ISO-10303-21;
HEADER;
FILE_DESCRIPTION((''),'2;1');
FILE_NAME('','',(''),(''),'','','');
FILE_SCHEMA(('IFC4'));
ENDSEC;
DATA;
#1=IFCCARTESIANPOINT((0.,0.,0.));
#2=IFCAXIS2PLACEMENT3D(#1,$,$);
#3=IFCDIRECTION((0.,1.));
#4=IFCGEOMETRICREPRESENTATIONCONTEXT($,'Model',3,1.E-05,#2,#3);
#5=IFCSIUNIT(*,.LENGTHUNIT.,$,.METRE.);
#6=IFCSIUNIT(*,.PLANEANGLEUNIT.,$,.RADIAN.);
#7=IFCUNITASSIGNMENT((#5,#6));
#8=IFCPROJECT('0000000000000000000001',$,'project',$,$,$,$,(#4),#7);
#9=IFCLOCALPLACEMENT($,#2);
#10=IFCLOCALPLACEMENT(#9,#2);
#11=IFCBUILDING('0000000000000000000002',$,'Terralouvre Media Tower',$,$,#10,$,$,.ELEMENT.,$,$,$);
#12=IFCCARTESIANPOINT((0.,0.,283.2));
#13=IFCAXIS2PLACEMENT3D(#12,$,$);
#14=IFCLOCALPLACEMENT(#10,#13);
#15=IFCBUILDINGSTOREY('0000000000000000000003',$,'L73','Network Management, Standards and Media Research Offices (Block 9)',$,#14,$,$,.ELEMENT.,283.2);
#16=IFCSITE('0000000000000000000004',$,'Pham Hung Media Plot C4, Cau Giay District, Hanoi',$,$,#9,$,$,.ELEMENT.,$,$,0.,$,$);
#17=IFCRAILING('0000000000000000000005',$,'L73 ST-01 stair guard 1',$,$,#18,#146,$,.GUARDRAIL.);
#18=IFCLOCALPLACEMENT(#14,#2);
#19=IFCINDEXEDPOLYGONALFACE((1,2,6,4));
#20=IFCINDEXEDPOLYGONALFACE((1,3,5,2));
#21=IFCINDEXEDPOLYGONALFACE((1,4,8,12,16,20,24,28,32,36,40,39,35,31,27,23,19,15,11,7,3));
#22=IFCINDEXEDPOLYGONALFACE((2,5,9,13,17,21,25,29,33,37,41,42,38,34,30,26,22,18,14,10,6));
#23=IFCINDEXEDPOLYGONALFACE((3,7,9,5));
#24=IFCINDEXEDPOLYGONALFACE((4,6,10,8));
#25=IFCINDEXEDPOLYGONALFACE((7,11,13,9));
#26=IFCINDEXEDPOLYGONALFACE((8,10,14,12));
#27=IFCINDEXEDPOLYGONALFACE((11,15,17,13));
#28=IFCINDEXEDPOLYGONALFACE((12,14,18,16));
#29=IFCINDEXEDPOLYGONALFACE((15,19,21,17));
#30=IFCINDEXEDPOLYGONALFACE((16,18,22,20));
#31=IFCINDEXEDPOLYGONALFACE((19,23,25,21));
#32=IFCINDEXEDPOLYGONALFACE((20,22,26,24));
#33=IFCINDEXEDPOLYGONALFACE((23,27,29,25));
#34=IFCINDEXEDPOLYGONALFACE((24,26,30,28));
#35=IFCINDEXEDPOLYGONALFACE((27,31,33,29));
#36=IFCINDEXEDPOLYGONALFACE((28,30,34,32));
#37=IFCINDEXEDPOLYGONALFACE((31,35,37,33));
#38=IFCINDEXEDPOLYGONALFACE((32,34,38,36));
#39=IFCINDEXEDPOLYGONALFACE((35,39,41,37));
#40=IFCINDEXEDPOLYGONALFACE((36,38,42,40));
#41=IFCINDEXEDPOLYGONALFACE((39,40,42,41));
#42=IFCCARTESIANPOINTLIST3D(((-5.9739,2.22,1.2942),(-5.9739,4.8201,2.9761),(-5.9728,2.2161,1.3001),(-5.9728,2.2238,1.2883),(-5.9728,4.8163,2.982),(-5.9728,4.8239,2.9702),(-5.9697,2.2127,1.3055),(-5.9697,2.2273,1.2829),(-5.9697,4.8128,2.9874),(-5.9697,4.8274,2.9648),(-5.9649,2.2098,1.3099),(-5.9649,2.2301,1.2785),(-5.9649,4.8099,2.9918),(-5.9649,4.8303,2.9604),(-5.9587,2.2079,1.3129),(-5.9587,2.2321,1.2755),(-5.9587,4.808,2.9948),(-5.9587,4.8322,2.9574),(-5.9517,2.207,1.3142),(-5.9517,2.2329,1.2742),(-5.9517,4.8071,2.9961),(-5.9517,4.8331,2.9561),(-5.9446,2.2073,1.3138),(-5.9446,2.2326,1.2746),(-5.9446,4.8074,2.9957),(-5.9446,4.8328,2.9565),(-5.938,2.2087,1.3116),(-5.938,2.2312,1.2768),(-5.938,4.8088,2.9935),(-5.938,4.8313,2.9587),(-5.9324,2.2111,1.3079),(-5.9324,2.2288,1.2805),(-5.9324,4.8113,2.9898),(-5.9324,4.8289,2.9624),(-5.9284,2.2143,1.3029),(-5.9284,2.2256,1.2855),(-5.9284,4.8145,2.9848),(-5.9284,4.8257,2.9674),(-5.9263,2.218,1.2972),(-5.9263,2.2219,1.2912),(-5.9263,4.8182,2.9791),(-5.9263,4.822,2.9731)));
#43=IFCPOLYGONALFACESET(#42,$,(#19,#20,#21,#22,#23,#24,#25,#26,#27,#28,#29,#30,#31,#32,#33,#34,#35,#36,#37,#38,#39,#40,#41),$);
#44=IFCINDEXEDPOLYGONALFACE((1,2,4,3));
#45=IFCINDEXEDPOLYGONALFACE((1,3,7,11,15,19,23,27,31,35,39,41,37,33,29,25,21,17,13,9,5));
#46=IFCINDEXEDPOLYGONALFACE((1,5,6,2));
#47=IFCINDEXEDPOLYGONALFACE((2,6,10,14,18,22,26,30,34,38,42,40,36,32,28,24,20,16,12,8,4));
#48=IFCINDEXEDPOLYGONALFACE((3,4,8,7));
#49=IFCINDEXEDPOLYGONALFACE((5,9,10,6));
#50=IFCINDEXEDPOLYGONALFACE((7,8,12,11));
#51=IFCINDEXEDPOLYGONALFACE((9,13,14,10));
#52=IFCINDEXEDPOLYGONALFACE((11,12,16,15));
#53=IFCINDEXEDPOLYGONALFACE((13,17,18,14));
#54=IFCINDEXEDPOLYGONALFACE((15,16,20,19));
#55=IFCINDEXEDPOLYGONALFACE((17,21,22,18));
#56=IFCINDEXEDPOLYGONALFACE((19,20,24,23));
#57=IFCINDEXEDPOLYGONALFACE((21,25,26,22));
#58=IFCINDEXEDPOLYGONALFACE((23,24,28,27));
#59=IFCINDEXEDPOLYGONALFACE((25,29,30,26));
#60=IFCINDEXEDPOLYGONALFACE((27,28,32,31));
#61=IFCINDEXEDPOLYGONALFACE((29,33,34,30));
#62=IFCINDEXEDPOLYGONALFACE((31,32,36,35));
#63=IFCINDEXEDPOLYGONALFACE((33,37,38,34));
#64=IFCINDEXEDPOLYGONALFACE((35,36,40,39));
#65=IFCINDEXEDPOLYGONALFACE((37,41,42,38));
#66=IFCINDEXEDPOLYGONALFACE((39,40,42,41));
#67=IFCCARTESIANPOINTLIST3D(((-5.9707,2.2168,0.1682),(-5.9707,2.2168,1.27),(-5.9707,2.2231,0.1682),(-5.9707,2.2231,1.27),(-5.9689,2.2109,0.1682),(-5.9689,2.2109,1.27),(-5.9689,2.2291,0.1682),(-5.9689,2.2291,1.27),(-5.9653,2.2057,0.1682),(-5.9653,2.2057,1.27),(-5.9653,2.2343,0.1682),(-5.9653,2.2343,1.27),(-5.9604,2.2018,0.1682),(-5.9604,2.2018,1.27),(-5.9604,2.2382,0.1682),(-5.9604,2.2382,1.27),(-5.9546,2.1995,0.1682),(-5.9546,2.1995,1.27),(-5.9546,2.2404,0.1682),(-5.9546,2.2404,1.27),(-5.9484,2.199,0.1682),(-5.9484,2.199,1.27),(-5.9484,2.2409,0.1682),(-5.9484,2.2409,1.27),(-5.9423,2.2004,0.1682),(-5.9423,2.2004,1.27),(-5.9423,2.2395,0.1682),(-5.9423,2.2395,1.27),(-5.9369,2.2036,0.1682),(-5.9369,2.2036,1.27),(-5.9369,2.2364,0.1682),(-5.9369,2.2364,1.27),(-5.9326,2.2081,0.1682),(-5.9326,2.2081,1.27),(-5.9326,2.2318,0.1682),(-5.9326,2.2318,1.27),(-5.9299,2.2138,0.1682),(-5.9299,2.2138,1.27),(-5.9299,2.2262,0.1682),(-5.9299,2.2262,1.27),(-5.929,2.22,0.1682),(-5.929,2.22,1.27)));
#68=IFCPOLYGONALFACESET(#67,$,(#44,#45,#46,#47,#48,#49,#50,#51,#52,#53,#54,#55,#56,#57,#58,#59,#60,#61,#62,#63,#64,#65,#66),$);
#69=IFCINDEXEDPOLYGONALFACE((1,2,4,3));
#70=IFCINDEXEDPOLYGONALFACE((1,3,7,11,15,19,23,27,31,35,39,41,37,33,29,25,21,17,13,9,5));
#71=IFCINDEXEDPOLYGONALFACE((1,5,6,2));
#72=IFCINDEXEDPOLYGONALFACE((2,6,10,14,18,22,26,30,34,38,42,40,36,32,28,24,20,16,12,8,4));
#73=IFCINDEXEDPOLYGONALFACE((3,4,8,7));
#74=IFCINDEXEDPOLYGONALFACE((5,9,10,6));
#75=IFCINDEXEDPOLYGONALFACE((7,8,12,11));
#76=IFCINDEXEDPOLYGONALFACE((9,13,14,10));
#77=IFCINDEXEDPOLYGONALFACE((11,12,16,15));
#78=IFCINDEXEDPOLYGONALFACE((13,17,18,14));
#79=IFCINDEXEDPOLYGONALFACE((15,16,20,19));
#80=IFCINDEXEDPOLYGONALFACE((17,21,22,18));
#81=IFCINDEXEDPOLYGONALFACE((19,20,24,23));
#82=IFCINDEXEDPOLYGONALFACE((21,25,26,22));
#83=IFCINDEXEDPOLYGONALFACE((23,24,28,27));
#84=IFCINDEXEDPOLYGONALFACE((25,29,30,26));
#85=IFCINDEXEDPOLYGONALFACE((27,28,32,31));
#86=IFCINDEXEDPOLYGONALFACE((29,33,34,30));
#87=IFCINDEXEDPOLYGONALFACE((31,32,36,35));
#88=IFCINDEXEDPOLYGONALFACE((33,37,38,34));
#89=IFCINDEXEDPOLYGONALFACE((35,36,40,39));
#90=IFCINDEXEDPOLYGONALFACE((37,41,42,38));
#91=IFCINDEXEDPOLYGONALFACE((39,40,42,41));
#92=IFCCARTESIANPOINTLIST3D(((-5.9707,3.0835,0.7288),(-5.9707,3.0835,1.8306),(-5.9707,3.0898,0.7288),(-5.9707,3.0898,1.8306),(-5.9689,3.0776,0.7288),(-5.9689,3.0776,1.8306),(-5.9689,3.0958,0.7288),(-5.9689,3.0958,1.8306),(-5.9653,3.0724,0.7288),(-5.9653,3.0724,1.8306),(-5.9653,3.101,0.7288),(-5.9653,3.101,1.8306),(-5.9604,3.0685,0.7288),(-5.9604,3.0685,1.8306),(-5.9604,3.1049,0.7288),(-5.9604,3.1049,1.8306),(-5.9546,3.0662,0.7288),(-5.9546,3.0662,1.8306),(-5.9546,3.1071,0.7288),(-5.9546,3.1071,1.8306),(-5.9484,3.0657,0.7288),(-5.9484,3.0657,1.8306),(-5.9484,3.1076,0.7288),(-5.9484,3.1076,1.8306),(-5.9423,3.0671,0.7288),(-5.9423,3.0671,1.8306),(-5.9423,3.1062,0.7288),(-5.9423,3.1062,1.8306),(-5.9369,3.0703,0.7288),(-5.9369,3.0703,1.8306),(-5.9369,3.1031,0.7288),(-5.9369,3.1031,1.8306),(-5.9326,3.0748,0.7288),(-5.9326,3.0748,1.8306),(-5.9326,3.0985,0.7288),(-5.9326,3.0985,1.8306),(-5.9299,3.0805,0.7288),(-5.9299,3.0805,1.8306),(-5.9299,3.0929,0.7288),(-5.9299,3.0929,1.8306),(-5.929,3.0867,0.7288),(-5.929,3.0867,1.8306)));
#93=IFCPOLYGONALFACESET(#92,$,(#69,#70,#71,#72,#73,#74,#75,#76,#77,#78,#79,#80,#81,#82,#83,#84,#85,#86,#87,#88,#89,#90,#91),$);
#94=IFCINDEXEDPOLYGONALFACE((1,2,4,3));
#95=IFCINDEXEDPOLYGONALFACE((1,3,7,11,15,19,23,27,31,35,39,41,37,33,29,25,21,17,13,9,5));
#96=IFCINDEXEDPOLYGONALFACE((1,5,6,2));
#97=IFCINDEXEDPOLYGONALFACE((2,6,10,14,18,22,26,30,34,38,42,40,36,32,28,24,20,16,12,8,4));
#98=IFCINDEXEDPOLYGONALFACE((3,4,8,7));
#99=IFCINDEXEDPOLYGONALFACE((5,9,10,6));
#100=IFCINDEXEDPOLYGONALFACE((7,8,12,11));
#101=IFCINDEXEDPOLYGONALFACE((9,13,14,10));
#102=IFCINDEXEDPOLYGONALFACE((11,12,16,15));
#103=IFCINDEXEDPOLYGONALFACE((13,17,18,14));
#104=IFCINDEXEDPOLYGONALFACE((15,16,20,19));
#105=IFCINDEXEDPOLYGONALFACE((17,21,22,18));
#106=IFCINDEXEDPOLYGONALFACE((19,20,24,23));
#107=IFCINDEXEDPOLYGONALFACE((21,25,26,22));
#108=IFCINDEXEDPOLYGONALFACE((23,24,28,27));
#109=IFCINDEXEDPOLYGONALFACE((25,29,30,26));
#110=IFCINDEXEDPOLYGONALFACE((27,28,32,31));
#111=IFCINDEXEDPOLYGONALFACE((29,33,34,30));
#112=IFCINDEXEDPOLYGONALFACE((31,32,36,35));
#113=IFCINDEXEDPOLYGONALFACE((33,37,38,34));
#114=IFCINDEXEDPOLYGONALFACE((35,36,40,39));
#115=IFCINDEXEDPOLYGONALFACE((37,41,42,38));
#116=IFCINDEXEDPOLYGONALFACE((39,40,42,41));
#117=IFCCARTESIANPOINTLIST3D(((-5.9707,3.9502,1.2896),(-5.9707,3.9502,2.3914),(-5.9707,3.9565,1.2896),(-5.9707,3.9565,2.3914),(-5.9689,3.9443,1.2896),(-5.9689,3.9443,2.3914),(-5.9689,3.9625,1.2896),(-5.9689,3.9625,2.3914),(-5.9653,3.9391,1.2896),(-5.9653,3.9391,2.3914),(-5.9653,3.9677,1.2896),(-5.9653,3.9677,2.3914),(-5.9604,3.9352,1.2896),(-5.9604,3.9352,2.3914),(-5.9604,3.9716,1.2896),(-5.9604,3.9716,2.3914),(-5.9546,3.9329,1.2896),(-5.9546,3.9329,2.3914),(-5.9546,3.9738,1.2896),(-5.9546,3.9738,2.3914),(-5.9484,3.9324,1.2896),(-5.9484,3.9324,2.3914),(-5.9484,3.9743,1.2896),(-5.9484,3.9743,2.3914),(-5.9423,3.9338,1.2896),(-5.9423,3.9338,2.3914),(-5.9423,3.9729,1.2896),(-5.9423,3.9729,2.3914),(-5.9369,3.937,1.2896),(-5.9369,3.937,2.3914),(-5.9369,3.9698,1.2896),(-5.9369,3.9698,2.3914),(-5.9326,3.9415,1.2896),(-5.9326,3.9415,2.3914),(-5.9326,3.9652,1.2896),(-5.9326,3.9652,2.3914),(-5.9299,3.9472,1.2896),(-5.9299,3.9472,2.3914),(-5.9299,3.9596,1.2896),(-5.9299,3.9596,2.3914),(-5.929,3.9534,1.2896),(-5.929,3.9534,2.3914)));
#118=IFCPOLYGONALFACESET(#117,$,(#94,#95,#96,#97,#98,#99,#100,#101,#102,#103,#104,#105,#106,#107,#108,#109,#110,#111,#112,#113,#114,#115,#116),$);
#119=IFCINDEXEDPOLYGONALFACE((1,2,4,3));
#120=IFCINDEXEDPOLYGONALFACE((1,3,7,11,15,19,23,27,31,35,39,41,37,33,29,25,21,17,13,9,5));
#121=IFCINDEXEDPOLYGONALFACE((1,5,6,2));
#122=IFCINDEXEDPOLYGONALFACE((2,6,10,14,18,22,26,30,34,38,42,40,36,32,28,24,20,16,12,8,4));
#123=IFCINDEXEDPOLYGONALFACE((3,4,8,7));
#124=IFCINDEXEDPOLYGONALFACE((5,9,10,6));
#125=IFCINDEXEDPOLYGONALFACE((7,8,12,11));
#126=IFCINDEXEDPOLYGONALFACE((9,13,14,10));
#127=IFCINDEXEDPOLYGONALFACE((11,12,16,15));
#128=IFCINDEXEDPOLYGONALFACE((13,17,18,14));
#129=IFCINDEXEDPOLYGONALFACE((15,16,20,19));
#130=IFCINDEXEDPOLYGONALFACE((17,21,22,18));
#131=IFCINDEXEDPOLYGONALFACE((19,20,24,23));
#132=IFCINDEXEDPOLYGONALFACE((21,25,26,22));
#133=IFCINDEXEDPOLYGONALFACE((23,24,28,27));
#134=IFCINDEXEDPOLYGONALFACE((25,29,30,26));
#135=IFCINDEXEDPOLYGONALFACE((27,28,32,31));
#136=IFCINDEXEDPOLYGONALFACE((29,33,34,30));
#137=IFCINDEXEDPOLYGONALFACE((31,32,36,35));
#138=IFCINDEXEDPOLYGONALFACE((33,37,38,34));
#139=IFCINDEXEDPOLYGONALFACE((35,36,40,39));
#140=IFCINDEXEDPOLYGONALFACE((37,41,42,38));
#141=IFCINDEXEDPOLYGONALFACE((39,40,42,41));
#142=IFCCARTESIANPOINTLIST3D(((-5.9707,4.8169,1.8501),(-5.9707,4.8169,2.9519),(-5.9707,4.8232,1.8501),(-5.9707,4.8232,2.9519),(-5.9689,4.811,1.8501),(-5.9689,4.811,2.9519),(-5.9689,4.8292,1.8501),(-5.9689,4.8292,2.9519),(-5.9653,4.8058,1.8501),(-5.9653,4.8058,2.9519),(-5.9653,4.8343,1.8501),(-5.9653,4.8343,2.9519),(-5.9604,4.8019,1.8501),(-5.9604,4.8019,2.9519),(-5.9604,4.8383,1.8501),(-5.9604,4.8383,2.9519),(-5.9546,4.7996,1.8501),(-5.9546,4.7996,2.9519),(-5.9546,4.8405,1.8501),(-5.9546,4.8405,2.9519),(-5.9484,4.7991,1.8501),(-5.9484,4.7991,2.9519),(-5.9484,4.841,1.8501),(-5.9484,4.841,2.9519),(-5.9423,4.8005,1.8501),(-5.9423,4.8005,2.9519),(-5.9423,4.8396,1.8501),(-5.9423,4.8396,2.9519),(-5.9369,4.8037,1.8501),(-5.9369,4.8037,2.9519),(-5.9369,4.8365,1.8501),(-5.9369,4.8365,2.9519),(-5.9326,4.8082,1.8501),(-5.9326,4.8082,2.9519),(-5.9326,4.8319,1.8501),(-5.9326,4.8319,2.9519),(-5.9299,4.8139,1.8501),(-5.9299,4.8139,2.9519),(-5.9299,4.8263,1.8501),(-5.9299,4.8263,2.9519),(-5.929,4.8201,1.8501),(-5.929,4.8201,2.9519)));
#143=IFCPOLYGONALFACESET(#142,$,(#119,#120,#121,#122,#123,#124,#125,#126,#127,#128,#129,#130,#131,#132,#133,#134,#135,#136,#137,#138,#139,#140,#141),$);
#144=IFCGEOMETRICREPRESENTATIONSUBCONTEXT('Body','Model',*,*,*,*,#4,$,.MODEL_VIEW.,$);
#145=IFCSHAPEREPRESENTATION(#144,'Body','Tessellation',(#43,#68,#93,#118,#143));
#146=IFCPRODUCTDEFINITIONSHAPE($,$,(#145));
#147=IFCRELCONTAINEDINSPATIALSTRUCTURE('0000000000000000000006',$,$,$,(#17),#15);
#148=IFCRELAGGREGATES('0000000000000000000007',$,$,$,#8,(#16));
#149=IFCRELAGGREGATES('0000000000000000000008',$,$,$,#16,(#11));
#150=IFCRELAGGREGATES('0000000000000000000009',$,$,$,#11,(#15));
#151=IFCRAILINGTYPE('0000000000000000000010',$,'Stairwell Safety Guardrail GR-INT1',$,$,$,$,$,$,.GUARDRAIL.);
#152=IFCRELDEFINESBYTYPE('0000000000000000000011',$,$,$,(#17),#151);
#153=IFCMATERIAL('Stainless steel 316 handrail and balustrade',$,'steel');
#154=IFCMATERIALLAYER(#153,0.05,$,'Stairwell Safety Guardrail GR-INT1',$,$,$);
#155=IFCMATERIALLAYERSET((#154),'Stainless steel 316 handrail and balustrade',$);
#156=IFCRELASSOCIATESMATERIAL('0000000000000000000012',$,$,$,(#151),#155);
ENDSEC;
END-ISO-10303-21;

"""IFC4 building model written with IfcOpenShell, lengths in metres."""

from ifc_helpers import new_model, si_unit, direction, frame, origin, origin_2d, place, context, subcontext, project, spatial, circle, extrude, material, layer, layer_set, type_object, element, save


model = new_model("IFC4")

# Units and contexts
model_context = context("Model", 3, precision=1e-05, world=origin(), true_north=direction((0.0, 1.0)))
body_context = subcontext(model_context, "Body", "Model", "MODEL_VIEW")
ifc_project = project(units=[si_unit("LENGTHUNIT", "METRE"), si_unit("PLANEANGLEUNIT", "RADIAN")], contexts=[model_context])

# Site, building, storey
site_placement = place(None, origin())
site = spatial("IfcSite", under=ifc_project, at=site_placement, Name="Pham Hung Media Plot C4, Cau Giay District, Hanoi", CompositionType="ELEMENT", RefElevation=0.0)
building_placement = place(site_placement, origin())
building = spatial("IfcBuilding", under=site, at=building_placement, Name="Terralouvre Media Tower", CompositionType="ELEMENT")
storey_placement = place(building_placement, frame((0.0, 0.0, 283.2)))
storey = spatial("IfcBuildingStorey", under=building, at=storey_placement, Name="L73", Description="Network Management, Standards and Media Research Offices (Block 9)", CompositionType="ELEMENT", Elevation=283.2)

# Railing
ifc_material_1 = material(Name="Stainless steel 316 handrail and balustrade", Category="steel")
ifc_layer_1 = layer(ifc_material_1, 0.05, Name="Stairwell Safety Guardrail GR-INT1")
ifc_layer_set_1 = layer_set([ifc_layer_1], Name="Stainless steel 316 handrail and balustrade")
railing_type_1 = type_object("IfcRailingType", Name="Stairwell Safety Guardrail GR-INT1", PredefinedType="GUARDRAIL", material=ifc_layer_set_1)
railing_1_placement = place(storey_placement, frame((-5.95, 2.22, 0.1682)))
element("IfcRailing", 1, at=railing_1_placement, inside=storey, type_object=railing_type_1, Name="L73 ST-01 stair guard 1", PredefinedType="GUARDRAIL", context=body_context, shape_type="SweptSolid", body=[
    extrude(circle(Radius=0.0239, at=origin_2d()), frame((0.0, 0.0, 1.126), z_axis=(0.0, 0.839648, 0.54313), x_axis=(-1.0, 0.0, 0.0)), (0.0, 0.0, 1.0), 3.0967),
    extrude(circle(Radius=0.021, at=origin_2d()), origin(), (0.0, 0.0, 1.0), 1.1018),
    extrude(circle(Radius=0.021, at=origin_2d()), frame((0.0, 0.8667, 0.5605)), (0.0, 0.0, 1.0), 1.1018),
    extrude(circle(Radius=0.021, at=origin_2d()), frame((0.0, 1.7334, 1.1213)), (0.0, 0.0, 1.0), 1.1018),
    extrude(circle(Radius=0.021, at=origin_2d()), frame((0.0, 2.6001, 1.6819)), (0.0, 0.0, 1.0), 1.1018),
])

save(model, "model.ifc")
